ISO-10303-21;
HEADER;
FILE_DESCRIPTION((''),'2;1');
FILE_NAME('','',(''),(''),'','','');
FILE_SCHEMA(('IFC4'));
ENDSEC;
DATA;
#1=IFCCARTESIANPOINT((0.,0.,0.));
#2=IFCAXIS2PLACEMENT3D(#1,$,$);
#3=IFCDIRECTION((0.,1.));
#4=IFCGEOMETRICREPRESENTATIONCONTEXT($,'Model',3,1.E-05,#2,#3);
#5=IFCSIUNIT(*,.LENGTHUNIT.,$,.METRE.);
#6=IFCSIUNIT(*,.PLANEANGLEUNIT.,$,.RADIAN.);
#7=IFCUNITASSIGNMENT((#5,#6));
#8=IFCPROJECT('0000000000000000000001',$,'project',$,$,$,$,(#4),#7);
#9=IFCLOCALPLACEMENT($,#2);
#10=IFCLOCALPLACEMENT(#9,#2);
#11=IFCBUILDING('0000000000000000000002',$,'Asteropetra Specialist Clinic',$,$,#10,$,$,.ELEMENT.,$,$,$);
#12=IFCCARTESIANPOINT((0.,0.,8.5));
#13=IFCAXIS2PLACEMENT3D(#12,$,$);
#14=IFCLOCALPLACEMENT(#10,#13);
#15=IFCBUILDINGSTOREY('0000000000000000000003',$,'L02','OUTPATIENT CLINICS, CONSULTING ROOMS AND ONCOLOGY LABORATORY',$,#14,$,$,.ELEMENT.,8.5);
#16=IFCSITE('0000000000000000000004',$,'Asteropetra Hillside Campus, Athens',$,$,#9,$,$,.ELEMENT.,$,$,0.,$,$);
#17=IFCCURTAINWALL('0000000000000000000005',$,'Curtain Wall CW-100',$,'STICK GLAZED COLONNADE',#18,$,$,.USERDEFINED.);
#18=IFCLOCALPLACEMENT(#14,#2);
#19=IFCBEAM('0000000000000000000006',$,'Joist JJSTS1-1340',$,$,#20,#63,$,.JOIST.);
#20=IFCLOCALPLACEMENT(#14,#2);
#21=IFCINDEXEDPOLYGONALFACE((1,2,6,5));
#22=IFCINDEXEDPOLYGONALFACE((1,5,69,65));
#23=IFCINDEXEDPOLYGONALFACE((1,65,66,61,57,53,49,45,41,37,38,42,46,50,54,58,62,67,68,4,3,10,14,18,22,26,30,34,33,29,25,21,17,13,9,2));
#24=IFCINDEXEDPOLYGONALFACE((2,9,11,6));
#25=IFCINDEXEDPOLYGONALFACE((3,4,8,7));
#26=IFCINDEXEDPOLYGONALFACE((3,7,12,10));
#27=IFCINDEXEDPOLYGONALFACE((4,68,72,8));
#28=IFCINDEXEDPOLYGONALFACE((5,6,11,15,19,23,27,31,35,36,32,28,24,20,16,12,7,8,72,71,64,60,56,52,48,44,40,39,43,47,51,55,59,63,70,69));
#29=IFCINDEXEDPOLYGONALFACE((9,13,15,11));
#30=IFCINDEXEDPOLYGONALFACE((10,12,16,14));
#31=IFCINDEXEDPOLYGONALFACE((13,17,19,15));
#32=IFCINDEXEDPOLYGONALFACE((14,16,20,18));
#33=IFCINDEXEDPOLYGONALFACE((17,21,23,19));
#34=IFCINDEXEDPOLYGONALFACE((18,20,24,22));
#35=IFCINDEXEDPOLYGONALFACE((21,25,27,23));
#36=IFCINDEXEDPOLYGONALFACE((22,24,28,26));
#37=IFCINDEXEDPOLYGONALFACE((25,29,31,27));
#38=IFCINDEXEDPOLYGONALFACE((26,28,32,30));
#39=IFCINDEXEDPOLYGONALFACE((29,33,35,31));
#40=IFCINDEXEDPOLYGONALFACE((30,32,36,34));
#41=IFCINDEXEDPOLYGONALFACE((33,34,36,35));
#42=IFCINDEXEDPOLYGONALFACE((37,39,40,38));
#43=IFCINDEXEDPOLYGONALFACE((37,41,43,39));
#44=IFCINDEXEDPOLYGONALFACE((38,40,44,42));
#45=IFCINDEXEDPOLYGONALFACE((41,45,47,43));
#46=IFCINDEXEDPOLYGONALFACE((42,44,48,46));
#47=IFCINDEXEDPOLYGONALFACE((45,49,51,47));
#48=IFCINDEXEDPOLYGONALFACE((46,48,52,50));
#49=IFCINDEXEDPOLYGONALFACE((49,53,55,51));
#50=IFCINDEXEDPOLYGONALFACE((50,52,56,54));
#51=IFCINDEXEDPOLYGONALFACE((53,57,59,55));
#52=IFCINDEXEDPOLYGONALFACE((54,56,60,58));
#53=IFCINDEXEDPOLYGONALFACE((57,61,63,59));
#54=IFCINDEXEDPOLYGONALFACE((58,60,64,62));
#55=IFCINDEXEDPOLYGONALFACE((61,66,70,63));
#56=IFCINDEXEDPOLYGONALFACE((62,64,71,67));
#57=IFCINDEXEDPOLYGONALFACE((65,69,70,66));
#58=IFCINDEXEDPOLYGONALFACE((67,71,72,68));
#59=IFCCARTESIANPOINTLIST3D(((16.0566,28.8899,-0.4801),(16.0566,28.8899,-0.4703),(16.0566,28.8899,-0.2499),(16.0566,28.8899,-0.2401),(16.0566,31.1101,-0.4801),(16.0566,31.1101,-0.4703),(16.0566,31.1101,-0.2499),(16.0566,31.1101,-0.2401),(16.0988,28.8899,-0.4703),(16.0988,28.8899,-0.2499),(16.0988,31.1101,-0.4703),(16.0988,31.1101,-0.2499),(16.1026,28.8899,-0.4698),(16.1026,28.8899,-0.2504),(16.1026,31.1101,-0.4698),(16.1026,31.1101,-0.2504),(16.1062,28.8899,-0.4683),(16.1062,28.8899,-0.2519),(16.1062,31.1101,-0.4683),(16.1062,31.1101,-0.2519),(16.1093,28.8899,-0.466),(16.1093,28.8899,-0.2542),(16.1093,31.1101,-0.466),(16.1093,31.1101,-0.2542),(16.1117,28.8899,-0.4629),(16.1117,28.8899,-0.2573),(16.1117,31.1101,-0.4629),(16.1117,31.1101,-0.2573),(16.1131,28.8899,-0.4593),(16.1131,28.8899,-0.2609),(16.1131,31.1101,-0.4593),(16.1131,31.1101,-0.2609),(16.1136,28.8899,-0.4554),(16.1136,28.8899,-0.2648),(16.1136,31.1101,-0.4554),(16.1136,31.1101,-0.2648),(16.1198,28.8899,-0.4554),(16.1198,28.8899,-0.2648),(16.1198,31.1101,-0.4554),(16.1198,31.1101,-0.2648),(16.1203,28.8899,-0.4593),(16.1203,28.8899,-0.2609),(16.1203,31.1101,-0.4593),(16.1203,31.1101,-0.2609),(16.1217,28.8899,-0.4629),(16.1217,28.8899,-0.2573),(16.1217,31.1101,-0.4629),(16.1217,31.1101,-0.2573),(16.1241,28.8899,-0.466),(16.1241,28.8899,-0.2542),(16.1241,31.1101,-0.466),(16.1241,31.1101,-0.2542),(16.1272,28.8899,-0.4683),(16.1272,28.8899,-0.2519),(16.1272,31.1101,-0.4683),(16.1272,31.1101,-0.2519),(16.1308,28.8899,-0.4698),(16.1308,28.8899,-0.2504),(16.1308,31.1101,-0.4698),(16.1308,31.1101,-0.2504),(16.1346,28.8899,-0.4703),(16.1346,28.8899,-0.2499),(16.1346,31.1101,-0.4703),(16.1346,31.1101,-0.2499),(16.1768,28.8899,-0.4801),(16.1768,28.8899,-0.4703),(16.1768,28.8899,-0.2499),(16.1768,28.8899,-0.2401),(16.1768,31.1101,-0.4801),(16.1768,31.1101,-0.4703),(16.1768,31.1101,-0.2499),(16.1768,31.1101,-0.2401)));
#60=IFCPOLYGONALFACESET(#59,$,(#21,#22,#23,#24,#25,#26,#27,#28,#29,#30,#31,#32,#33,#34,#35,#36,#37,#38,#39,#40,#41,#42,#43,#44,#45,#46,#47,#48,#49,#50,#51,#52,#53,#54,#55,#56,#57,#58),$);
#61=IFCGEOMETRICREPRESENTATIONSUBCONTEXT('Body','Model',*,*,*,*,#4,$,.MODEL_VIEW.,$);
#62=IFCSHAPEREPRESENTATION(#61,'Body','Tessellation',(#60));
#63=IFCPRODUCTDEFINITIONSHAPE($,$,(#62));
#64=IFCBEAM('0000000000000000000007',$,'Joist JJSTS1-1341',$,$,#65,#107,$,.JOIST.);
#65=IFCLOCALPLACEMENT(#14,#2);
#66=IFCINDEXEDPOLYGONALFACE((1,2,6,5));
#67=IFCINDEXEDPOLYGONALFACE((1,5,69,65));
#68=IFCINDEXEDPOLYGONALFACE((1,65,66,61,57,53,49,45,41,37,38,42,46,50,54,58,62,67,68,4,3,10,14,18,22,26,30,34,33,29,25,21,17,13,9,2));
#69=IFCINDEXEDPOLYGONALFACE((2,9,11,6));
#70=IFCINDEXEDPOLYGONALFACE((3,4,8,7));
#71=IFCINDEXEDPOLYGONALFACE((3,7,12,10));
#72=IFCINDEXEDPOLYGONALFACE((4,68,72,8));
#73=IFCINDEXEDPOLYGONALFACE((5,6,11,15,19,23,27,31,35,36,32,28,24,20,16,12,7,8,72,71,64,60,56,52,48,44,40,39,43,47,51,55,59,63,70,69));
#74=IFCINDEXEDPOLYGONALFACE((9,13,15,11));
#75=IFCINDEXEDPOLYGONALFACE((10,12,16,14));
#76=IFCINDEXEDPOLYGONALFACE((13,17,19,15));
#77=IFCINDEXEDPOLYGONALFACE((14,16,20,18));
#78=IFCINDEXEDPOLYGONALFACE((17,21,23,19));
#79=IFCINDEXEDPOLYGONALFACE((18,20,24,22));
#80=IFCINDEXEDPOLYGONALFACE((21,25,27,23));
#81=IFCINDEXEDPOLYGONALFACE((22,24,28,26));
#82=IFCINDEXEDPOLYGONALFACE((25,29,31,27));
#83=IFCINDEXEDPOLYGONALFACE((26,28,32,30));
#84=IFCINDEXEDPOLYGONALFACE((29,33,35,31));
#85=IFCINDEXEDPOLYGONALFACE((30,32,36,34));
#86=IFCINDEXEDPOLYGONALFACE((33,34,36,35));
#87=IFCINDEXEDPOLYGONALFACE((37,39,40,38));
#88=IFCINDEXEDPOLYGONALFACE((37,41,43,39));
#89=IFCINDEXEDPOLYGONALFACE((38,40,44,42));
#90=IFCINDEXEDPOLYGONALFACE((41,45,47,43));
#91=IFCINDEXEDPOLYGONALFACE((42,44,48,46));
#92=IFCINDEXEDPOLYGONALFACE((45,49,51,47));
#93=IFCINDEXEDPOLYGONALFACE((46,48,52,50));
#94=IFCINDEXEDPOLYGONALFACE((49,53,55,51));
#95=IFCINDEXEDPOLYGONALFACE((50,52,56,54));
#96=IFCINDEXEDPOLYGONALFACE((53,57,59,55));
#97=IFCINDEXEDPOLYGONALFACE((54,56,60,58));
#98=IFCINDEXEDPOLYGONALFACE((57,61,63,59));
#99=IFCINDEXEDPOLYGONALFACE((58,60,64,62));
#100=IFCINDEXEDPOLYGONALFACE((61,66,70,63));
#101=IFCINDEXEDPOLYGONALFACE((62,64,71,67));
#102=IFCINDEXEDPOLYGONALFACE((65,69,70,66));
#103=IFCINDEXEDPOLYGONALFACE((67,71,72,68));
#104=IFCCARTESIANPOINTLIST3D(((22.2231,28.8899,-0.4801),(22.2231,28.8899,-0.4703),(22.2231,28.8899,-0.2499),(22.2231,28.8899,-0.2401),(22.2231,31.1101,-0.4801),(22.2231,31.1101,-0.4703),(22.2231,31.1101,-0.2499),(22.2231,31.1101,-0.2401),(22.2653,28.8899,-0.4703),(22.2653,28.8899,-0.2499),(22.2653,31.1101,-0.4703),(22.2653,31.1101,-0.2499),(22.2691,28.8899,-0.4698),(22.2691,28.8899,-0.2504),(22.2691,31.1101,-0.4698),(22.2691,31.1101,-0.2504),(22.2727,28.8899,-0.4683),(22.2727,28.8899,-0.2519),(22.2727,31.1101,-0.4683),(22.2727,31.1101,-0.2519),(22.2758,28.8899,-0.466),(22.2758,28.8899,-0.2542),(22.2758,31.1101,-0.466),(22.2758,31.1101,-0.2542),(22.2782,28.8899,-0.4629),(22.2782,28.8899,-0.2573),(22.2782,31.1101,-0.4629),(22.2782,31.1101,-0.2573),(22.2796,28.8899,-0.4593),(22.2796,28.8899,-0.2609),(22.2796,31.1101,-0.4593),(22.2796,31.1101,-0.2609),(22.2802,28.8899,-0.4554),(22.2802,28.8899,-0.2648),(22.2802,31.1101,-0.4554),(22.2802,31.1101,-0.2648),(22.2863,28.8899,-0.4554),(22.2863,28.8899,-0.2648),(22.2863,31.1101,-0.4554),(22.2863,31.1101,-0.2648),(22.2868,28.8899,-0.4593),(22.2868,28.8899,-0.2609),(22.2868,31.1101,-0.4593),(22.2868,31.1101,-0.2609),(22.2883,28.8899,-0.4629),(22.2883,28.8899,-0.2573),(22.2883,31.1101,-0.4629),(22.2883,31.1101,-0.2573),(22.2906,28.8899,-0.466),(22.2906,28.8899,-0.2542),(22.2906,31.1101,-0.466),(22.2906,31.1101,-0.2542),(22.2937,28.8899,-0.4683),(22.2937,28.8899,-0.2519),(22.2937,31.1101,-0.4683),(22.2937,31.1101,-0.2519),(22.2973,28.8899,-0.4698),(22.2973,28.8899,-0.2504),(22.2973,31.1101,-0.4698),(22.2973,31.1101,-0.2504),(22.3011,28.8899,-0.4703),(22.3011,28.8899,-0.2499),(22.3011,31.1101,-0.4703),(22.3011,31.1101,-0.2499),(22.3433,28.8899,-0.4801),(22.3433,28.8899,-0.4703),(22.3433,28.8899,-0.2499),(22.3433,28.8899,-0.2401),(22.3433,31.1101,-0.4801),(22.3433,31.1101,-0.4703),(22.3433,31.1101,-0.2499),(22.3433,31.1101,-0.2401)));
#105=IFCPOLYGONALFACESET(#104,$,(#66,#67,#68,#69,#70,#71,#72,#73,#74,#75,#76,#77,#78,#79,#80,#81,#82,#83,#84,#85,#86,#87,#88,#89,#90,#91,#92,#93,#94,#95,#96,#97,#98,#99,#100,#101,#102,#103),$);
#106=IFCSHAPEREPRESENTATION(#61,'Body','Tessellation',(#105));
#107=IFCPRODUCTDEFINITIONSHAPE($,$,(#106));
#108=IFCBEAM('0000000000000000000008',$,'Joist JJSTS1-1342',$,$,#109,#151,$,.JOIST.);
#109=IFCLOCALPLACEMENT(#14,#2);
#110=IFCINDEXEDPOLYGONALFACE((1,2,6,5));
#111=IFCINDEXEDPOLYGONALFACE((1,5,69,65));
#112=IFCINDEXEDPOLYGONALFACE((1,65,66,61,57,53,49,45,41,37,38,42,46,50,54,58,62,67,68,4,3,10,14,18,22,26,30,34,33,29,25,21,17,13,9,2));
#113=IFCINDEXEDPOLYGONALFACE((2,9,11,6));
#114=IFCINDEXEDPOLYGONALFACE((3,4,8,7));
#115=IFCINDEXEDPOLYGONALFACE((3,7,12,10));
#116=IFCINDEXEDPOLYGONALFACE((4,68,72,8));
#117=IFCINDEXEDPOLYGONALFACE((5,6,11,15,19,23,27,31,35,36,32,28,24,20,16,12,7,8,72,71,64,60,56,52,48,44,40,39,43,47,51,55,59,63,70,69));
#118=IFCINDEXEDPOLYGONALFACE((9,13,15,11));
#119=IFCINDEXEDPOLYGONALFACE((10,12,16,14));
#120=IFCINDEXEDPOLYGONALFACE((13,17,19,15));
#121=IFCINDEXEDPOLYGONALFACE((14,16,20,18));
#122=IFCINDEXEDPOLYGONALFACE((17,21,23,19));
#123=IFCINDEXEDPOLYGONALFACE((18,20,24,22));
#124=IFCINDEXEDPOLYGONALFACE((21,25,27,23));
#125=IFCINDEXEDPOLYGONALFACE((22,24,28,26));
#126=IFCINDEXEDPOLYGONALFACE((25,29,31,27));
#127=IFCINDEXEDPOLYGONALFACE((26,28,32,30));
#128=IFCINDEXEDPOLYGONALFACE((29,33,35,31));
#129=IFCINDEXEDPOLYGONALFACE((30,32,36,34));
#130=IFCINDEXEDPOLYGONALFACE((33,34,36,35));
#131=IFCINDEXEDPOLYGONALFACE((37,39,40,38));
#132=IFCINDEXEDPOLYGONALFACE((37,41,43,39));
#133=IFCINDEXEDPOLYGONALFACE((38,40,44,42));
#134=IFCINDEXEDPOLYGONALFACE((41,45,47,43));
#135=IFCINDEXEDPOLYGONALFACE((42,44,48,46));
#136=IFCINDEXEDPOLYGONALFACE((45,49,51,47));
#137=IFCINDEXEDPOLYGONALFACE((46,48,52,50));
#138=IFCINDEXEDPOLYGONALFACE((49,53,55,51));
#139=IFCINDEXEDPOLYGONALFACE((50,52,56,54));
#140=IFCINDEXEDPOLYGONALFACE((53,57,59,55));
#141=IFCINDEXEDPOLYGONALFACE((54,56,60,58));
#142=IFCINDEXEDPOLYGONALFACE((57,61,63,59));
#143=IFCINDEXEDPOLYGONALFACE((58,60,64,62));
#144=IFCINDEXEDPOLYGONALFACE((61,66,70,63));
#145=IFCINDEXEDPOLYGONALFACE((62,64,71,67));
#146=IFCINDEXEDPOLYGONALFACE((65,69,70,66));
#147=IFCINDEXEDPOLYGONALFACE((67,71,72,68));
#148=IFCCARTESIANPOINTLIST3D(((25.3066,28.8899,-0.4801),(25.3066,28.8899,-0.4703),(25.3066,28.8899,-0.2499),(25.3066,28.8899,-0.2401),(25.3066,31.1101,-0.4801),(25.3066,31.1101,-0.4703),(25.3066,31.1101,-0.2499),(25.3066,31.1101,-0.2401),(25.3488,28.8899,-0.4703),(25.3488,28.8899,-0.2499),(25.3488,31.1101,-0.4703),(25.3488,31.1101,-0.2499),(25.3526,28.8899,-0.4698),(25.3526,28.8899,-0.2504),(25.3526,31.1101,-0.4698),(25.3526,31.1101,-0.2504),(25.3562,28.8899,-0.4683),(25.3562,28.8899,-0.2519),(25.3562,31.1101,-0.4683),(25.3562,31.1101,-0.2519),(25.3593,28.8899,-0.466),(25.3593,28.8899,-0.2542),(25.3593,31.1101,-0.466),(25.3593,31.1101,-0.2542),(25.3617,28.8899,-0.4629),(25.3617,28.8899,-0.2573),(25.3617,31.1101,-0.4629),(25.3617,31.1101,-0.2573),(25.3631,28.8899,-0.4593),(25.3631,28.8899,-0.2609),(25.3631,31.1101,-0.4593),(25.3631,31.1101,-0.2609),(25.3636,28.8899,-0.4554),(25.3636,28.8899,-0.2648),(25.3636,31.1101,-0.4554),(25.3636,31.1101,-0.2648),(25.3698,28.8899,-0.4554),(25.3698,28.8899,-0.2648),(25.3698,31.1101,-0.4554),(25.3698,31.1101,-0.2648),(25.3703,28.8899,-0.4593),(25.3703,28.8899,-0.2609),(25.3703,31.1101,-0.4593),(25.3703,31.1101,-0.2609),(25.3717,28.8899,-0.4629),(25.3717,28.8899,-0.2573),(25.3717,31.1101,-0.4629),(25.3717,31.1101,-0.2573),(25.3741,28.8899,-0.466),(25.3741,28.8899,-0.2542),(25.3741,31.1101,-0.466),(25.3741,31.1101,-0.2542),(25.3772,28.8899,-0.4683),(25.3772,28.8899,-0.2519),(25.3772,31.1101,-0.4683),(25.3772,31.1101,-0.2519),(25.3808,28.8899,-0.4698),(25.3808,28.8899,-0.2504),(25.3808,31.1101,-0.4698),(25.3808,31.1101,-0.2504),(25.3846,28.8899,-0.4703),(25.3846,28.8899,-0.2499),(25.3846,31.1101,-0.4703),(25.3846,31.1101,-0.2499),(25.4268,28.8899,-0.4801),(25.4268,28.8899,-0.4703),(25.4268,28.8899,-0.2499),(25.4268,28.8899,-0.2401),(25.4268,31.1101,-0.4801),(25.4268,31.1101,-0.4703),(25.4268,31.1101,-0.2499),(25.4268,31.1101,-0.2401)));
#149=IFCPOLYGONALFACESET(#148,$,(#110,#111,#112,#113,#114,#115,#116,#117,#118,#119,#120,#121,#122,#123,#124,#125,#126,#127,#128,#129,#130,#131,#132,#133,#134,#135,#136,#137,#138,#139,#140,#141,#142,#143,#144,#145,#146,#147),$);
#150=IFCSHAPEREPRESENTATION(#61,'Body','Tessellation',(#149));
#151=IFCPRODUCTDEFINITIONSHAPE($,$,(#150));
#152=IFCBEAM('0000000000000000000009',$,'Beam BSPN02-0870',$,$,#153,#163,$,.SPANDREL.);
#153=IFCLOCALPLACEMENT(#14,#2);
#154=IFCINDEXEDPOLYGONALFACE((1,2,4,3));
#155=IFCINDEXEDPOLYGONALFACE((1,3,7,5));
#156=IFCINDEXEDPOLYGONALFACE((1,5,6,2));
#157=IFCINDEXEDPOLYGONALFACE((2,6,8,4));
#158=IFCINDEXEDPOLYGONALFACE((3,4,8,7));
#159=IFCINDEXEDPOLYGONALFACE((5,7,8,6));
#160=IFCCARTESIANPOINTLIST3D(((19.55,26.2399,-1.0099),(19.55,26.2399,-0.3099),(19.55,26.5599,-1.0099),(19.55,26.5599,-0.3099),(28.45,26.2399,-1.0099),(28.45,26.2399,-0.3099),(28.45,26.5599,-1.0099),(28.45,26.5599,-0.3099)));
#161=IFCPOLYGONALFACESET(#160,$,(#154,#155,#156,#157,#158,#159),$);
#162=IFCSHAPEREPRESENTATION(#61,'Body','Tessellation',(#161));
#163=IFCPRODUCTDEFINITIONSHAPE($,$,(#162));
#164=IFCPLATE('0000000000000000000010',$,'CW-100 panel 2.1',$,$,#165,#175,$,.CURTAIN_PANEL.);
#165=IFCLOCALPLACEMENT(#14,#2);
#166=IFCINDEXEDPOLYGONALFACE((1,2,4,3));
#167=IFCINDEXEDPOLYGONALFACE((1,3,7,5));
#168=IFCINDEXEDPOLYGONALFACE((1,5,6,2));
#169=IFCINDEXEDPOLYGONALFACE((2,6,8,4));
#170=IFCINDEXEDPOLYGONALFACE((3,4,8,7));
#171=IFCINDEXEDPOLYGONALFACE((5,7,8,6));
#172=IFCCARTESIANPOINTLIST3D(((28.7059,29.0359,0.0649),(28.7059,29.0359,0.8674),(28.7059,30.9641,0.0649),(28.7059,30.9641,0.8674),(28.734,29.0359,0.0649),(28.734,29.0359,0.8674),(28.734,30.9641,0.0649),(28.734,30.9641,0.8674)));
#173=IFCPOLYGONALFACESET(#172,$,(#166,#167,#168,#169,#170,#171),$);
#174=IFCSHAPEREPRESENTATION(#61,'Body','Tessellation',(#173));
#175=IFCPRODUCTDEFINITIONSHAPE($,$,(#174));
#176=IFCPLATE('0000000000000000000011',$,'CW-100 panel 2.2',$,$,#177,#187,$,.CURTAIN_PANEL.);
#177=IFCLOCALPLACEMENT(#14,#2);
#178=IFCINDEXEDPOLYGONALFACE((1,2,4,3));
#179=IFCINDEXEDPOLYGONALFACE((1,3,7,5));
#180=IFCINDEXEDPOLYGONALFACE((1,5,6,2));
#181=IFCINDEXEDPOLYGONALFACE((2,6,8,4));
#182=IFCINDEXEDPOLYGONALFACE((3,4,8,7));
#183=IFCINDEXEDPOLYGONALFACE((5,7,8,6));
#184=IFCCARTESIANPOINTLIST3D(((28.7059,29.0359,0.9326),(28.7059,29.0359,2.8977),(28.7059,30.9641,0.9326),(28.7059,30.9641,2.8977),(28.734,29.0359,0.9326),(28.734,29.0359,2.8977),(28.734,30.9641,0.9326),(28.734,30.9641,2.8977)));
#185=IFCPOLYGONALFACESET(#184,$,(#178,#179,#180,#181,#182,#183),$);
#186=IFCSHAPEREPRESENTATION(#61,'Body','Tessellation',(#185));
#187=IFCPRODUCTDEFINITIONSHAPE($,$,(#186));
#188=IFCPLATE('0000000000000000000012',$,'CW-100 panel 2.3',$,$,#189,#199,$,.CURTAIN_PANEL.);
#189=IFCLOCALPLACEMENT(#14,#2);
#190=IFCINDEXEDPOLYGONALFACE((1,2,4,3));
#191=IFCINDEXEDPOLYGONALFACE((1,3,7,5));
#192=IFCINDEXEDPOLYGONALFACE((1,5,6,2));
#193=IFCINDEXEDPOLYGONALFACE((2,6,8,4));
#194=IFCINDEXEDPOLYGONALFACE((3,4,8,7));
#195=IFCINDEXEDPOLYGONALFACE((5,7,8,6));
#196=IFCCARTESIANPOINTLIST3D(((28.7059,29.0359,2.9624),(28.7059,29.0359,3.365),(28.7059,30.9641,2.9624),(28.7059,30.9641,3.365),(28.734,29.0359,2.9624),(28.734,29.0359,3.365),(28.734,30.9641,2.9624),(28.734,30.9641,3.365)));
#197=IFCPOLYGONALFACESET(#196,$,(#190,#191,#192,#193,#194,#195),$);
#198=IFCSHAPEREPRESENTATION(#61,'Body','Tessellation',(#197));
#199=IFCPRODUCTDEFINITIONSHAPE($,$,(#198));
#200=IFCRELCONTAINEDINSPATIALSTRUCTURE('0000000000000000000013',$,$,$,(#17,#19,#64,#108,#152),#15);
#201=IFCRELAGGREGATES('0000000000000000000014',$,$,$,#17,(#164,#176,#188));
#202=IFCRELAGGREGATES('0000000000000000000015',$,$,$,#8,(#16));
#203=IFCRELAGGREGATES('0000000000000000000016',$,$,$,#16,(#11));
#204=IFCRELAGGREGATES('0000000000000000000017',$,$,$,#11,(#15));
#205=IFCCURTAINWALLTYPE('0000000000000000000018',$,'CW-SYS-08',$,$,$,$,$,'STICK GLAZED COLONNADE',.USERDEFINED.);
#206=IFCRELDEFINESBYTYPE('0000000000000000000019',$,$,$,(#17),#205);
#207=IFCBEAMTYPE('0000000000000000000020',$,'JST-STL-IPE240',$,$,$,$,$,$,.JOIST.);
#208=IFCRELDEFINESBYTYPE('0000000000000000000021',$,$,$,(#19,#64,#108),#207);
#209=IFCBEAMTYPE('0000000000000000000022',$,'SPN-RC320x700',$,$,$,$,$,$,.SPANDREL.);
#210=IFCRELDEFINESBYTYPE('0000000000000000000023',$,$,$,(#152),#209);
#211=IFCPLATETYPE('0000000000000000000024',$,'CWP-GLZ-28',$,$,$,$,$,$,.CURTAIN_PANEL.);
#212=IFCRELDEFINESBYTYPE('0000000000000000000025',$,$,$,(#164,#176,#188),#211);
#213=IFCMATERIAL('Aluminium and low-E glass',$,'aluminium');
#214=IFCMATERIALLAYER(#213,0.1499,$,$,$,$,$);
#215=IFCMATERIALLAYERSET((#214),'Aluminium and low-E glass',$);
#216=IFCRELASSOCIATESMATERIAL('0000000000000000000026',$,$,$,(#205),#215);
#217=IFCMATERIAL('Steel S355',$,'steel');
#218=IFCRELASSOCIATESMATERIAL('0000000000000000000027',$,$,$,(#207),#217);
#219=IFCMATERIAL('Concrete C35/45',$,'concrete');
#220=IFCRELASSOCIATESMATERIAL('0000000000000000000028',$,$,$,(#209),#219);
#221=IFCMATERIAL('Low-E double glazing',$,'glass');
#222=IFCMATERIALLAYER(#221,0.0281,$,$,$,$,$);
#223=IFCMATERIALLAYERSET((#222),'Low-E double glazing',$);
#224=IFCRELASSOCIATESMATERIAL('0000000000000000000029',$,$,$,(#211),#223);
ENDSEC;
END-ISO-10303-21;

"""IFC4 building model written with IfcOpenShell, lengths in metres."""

from ifc_helpers import new_model, si_unit, direction, frame, origin, origin_2d, place, context, subcontext, project, spatial, rectangle, i_section, extrude, material, layer, layer_set, material_profile, profile_set, type_object, element, aggregate, save


model = new_model("IFC4")

# Units and contexts
model_context = context("Model", 3, precision=1e-05, world=origin(), true_north=direction((0.0, 1.0)))
body_context = subcontext(model_context, "Body", "Model", "MODEL_VIEW")
ifc_project = project(units=[si_unit("LENGTHUNIT", "METRE"), si_unit("PLANEANGLEUNIT", "RADIAN")], contexts=[model_context])

# Site, building, storey
site_placement = place(None, origin())
site = spatial("IfcSite", under=ifc_project, at=site_placement, Name="Asteropetra Hillside Campus, Athens", CompositionType="ELEMENT", RefElevation=0.0)
building_placement = place(site_placement, origin())
building = spatial("IfcBuilding", under=site, at=building_placement, Name="Asteropetra Specialist Clinic", CompositionType="ELEMENT")
storey_placement = place(building_placement, frame((0.0, 0.0, 8.5)))
storey = spatial("IfcBuildingStorey", under=building, at=storey_placement, Name="L02", Description="OUTPATIENT CLINICS, CONSULTING ROOMS AND ONCOLOGY LABORATORY", CompositionType="ELEMENT", Elevation=8.5)

# Curtain wall
ifc_material_1 = material(Name="Aluminium and low-E glass", Category="aluminium")
ifc_layer_1 = layer(ifc_material_1, 0.1499)
ifc_layer_set_1 = layer_set([ifc_layer_1], Name="Aluminium and low-E glass")
curtain_wall_type = type_object("IfcCurtainWallType", Name="CW-SYS-08", ElementType="STICK GLAZED COLONNADE", PredefinedType="USERDEFINED", material=ifc_layer_set_1)
curtain_wall_placement = place(storey_placement, origin())
curtain_wall = element("IfcCurtainWall", 1, at=curtain_wall_placement, inside=storey, type_object=curtain_wall_type, Name="Curtain Wall CW-100", ObjectType="STICK GLAZED COLONNADE", PredefinedType="USERDEFINED")

# Beams
ifc_material_2 = material(Name="Steel S355", Category="steel")
ifc_material_profile_1 = material_profile(ifc_material_2, i_section(OverallWidth=0.1201, OverallDepth=0.24, WebThickness=0.0061, FlangeThickness=0.0098, FilletRadius=0.0149, at=origin_2d()), Name="IPE 240")
ifc_profile_set_1 = profile_set([ifc_material_profile_1], Name="Steel S355")
beam_type_1 = type_object("IfcBeamType", Name="JST-STL-IPE240", PredefinedType="JOIST", material=ifc_profile_set_1)
for number, where, z_axis, x_axis, name in (
    (2, (16.1167, 28.8899, -0.3601), (0.0, 1.0, 0.0), (-1.0, 0.0, 0.0), "Joist JJSTS1-1340"),
    (3, (22.2832, 28.8899, -0.3601), (0.0, 1.0, 0.0), (-1.0, 0.0, 0.0), "Joist JJSTS1-1341"),
    (4, (25.3667, 28.8899, -0.3601), (0.0, 1.0, 0.0), (-1.0, 0.0, 0.0), "Joist JJSTS1-1342"),
):
    element("IfcBeam", number, at=place(storey_placement, frame(where, z_axis=z_axis, x_axis=x_axis)), inside=storey, type_object=beam_type_1, Name=name, PredefinedType="JOIST", context=body_context, shape_type="SweptSolid", body=[
        extrude(i_section(OverallWidth=0.1201, OverallDepth=0.24, WebThickness=0.0061, FlangeThickness=0.0098, FilletRadius=0.0149, at=origin_2d()), origin(), (0.0, 0.0, 1.0), 2.2202),
    ])
ifc_material_3 = material(Name="Concrete C35/45", Category="concrete")
ifc_material_profile_2 = material_profile(ifc_material_3, rectangle(XDim=0.3201, YDim=0.7, at=origin_2d()), Name="RCS 320x700")
ifc_profile_set_2 = profile_set([ifc_material_profile_2], Name="Concrete C35/45")
beam_type_2 = type_object("IfcBeamType", Name="SPN-RC320x700", PredefinedType="SPANDREL", material=ifc_profile_set_2)
beam_1_placement = place(storey_placement, frame((19.55, 26.3999, -0.6599), z_axis=(1.0, 0.0, 0.0), x_axis=(0.0, 1.0, 0.0)))
element("IfcBeam", 5, at=beam_1_placement, inside=storey, type_object=beam_type_2, Name="Beam BSPN02-0870", PredefinedType="SPANDREL", context=body_context, shape_type="SweptSolid", body=[
    extrude(rectangle(XDim=0.3201, YDim=0.7, at=origin_2d()), origin(), (0.0, 0.0, 1.0), 8.8999),
])

# Plates
ifc_material_4 = material(Name="Low-E double glazing", Category="glass")
ifc_layer_2 = layer(ifc_material_4, 0.0281)
ifc_layer_set_2 = layer_set([ifc_layer_2], Name="Low-E double glazing")
plate_type = type_object("IfcPlateType", Name="CWP-GLZ-28", PredefinedType="CURTAIN_PANEL", material=ifc_layer_set_2)
plate_1_placement = place(storey_placement, frame((28.72, 30.0, 0.0649), z_axis=(0.0, 0.0, 1.0), x_axis=(0.0, -1.0, 0.0)))
plate_1 = element("IfcPlate", 6, at=plate_1_placement, type_object=plate_type, Name="CW-100 panel 2.1", PredefinedType="CURTAIN_PANEL", context=body_context, shape_type="SweptSolid", body=[
    extrude(rectangle(XDim=1.9282, YDim=0.0281, at=origin_2d()), origin(), (0.0, 0.0, 1.0), 0.8025),
])
plate_2_placement = place(storey_placement, frame((28.72, 30.0, 0.9326), z_axis=(0.0, 0.0, 1.0), x_axis=(0.0, -1.0, 0.0)))
plate_2 = element("IfcPlate", 7, at=plate_2_placement, type_object=plate_type, Name="CW-100 panel 2.2", PredefinedType="CURTAIN_PANEL", context=body_context, shape_type="SweptSolid", body=[
    extrude(rectangle(XDim=1.9282, YDim=0.0281, at=origin_2d()), origin(), (0.0, 0.0, 1.0), 1.9651),
])
plate_3_placement = place(storey_placement, frame((28.72, 30.0, 2.9624), z_axis=(0.0, 0.0, 1.0), x_axis=(0.0, -1.0, 0.0)))
plate_3 = element("IfcPlate", 8, at=plate_3_placement, type_object=plate_type, Name="CW-100 panel 2.3", PredefinedType="CURTAIN_PANEL", context=body_context, shape_type="SweptSolid", body=[
    extrude(rectangle(XDim=1.9282, YDim=0.0281, at=origin_2d()), origin(), (0.0, 0.0, 1.0), 0.4026),
])
aggregate(curtain_wall, [plate_1, plate_2, plate_3])

save(model, "model.ifc")
